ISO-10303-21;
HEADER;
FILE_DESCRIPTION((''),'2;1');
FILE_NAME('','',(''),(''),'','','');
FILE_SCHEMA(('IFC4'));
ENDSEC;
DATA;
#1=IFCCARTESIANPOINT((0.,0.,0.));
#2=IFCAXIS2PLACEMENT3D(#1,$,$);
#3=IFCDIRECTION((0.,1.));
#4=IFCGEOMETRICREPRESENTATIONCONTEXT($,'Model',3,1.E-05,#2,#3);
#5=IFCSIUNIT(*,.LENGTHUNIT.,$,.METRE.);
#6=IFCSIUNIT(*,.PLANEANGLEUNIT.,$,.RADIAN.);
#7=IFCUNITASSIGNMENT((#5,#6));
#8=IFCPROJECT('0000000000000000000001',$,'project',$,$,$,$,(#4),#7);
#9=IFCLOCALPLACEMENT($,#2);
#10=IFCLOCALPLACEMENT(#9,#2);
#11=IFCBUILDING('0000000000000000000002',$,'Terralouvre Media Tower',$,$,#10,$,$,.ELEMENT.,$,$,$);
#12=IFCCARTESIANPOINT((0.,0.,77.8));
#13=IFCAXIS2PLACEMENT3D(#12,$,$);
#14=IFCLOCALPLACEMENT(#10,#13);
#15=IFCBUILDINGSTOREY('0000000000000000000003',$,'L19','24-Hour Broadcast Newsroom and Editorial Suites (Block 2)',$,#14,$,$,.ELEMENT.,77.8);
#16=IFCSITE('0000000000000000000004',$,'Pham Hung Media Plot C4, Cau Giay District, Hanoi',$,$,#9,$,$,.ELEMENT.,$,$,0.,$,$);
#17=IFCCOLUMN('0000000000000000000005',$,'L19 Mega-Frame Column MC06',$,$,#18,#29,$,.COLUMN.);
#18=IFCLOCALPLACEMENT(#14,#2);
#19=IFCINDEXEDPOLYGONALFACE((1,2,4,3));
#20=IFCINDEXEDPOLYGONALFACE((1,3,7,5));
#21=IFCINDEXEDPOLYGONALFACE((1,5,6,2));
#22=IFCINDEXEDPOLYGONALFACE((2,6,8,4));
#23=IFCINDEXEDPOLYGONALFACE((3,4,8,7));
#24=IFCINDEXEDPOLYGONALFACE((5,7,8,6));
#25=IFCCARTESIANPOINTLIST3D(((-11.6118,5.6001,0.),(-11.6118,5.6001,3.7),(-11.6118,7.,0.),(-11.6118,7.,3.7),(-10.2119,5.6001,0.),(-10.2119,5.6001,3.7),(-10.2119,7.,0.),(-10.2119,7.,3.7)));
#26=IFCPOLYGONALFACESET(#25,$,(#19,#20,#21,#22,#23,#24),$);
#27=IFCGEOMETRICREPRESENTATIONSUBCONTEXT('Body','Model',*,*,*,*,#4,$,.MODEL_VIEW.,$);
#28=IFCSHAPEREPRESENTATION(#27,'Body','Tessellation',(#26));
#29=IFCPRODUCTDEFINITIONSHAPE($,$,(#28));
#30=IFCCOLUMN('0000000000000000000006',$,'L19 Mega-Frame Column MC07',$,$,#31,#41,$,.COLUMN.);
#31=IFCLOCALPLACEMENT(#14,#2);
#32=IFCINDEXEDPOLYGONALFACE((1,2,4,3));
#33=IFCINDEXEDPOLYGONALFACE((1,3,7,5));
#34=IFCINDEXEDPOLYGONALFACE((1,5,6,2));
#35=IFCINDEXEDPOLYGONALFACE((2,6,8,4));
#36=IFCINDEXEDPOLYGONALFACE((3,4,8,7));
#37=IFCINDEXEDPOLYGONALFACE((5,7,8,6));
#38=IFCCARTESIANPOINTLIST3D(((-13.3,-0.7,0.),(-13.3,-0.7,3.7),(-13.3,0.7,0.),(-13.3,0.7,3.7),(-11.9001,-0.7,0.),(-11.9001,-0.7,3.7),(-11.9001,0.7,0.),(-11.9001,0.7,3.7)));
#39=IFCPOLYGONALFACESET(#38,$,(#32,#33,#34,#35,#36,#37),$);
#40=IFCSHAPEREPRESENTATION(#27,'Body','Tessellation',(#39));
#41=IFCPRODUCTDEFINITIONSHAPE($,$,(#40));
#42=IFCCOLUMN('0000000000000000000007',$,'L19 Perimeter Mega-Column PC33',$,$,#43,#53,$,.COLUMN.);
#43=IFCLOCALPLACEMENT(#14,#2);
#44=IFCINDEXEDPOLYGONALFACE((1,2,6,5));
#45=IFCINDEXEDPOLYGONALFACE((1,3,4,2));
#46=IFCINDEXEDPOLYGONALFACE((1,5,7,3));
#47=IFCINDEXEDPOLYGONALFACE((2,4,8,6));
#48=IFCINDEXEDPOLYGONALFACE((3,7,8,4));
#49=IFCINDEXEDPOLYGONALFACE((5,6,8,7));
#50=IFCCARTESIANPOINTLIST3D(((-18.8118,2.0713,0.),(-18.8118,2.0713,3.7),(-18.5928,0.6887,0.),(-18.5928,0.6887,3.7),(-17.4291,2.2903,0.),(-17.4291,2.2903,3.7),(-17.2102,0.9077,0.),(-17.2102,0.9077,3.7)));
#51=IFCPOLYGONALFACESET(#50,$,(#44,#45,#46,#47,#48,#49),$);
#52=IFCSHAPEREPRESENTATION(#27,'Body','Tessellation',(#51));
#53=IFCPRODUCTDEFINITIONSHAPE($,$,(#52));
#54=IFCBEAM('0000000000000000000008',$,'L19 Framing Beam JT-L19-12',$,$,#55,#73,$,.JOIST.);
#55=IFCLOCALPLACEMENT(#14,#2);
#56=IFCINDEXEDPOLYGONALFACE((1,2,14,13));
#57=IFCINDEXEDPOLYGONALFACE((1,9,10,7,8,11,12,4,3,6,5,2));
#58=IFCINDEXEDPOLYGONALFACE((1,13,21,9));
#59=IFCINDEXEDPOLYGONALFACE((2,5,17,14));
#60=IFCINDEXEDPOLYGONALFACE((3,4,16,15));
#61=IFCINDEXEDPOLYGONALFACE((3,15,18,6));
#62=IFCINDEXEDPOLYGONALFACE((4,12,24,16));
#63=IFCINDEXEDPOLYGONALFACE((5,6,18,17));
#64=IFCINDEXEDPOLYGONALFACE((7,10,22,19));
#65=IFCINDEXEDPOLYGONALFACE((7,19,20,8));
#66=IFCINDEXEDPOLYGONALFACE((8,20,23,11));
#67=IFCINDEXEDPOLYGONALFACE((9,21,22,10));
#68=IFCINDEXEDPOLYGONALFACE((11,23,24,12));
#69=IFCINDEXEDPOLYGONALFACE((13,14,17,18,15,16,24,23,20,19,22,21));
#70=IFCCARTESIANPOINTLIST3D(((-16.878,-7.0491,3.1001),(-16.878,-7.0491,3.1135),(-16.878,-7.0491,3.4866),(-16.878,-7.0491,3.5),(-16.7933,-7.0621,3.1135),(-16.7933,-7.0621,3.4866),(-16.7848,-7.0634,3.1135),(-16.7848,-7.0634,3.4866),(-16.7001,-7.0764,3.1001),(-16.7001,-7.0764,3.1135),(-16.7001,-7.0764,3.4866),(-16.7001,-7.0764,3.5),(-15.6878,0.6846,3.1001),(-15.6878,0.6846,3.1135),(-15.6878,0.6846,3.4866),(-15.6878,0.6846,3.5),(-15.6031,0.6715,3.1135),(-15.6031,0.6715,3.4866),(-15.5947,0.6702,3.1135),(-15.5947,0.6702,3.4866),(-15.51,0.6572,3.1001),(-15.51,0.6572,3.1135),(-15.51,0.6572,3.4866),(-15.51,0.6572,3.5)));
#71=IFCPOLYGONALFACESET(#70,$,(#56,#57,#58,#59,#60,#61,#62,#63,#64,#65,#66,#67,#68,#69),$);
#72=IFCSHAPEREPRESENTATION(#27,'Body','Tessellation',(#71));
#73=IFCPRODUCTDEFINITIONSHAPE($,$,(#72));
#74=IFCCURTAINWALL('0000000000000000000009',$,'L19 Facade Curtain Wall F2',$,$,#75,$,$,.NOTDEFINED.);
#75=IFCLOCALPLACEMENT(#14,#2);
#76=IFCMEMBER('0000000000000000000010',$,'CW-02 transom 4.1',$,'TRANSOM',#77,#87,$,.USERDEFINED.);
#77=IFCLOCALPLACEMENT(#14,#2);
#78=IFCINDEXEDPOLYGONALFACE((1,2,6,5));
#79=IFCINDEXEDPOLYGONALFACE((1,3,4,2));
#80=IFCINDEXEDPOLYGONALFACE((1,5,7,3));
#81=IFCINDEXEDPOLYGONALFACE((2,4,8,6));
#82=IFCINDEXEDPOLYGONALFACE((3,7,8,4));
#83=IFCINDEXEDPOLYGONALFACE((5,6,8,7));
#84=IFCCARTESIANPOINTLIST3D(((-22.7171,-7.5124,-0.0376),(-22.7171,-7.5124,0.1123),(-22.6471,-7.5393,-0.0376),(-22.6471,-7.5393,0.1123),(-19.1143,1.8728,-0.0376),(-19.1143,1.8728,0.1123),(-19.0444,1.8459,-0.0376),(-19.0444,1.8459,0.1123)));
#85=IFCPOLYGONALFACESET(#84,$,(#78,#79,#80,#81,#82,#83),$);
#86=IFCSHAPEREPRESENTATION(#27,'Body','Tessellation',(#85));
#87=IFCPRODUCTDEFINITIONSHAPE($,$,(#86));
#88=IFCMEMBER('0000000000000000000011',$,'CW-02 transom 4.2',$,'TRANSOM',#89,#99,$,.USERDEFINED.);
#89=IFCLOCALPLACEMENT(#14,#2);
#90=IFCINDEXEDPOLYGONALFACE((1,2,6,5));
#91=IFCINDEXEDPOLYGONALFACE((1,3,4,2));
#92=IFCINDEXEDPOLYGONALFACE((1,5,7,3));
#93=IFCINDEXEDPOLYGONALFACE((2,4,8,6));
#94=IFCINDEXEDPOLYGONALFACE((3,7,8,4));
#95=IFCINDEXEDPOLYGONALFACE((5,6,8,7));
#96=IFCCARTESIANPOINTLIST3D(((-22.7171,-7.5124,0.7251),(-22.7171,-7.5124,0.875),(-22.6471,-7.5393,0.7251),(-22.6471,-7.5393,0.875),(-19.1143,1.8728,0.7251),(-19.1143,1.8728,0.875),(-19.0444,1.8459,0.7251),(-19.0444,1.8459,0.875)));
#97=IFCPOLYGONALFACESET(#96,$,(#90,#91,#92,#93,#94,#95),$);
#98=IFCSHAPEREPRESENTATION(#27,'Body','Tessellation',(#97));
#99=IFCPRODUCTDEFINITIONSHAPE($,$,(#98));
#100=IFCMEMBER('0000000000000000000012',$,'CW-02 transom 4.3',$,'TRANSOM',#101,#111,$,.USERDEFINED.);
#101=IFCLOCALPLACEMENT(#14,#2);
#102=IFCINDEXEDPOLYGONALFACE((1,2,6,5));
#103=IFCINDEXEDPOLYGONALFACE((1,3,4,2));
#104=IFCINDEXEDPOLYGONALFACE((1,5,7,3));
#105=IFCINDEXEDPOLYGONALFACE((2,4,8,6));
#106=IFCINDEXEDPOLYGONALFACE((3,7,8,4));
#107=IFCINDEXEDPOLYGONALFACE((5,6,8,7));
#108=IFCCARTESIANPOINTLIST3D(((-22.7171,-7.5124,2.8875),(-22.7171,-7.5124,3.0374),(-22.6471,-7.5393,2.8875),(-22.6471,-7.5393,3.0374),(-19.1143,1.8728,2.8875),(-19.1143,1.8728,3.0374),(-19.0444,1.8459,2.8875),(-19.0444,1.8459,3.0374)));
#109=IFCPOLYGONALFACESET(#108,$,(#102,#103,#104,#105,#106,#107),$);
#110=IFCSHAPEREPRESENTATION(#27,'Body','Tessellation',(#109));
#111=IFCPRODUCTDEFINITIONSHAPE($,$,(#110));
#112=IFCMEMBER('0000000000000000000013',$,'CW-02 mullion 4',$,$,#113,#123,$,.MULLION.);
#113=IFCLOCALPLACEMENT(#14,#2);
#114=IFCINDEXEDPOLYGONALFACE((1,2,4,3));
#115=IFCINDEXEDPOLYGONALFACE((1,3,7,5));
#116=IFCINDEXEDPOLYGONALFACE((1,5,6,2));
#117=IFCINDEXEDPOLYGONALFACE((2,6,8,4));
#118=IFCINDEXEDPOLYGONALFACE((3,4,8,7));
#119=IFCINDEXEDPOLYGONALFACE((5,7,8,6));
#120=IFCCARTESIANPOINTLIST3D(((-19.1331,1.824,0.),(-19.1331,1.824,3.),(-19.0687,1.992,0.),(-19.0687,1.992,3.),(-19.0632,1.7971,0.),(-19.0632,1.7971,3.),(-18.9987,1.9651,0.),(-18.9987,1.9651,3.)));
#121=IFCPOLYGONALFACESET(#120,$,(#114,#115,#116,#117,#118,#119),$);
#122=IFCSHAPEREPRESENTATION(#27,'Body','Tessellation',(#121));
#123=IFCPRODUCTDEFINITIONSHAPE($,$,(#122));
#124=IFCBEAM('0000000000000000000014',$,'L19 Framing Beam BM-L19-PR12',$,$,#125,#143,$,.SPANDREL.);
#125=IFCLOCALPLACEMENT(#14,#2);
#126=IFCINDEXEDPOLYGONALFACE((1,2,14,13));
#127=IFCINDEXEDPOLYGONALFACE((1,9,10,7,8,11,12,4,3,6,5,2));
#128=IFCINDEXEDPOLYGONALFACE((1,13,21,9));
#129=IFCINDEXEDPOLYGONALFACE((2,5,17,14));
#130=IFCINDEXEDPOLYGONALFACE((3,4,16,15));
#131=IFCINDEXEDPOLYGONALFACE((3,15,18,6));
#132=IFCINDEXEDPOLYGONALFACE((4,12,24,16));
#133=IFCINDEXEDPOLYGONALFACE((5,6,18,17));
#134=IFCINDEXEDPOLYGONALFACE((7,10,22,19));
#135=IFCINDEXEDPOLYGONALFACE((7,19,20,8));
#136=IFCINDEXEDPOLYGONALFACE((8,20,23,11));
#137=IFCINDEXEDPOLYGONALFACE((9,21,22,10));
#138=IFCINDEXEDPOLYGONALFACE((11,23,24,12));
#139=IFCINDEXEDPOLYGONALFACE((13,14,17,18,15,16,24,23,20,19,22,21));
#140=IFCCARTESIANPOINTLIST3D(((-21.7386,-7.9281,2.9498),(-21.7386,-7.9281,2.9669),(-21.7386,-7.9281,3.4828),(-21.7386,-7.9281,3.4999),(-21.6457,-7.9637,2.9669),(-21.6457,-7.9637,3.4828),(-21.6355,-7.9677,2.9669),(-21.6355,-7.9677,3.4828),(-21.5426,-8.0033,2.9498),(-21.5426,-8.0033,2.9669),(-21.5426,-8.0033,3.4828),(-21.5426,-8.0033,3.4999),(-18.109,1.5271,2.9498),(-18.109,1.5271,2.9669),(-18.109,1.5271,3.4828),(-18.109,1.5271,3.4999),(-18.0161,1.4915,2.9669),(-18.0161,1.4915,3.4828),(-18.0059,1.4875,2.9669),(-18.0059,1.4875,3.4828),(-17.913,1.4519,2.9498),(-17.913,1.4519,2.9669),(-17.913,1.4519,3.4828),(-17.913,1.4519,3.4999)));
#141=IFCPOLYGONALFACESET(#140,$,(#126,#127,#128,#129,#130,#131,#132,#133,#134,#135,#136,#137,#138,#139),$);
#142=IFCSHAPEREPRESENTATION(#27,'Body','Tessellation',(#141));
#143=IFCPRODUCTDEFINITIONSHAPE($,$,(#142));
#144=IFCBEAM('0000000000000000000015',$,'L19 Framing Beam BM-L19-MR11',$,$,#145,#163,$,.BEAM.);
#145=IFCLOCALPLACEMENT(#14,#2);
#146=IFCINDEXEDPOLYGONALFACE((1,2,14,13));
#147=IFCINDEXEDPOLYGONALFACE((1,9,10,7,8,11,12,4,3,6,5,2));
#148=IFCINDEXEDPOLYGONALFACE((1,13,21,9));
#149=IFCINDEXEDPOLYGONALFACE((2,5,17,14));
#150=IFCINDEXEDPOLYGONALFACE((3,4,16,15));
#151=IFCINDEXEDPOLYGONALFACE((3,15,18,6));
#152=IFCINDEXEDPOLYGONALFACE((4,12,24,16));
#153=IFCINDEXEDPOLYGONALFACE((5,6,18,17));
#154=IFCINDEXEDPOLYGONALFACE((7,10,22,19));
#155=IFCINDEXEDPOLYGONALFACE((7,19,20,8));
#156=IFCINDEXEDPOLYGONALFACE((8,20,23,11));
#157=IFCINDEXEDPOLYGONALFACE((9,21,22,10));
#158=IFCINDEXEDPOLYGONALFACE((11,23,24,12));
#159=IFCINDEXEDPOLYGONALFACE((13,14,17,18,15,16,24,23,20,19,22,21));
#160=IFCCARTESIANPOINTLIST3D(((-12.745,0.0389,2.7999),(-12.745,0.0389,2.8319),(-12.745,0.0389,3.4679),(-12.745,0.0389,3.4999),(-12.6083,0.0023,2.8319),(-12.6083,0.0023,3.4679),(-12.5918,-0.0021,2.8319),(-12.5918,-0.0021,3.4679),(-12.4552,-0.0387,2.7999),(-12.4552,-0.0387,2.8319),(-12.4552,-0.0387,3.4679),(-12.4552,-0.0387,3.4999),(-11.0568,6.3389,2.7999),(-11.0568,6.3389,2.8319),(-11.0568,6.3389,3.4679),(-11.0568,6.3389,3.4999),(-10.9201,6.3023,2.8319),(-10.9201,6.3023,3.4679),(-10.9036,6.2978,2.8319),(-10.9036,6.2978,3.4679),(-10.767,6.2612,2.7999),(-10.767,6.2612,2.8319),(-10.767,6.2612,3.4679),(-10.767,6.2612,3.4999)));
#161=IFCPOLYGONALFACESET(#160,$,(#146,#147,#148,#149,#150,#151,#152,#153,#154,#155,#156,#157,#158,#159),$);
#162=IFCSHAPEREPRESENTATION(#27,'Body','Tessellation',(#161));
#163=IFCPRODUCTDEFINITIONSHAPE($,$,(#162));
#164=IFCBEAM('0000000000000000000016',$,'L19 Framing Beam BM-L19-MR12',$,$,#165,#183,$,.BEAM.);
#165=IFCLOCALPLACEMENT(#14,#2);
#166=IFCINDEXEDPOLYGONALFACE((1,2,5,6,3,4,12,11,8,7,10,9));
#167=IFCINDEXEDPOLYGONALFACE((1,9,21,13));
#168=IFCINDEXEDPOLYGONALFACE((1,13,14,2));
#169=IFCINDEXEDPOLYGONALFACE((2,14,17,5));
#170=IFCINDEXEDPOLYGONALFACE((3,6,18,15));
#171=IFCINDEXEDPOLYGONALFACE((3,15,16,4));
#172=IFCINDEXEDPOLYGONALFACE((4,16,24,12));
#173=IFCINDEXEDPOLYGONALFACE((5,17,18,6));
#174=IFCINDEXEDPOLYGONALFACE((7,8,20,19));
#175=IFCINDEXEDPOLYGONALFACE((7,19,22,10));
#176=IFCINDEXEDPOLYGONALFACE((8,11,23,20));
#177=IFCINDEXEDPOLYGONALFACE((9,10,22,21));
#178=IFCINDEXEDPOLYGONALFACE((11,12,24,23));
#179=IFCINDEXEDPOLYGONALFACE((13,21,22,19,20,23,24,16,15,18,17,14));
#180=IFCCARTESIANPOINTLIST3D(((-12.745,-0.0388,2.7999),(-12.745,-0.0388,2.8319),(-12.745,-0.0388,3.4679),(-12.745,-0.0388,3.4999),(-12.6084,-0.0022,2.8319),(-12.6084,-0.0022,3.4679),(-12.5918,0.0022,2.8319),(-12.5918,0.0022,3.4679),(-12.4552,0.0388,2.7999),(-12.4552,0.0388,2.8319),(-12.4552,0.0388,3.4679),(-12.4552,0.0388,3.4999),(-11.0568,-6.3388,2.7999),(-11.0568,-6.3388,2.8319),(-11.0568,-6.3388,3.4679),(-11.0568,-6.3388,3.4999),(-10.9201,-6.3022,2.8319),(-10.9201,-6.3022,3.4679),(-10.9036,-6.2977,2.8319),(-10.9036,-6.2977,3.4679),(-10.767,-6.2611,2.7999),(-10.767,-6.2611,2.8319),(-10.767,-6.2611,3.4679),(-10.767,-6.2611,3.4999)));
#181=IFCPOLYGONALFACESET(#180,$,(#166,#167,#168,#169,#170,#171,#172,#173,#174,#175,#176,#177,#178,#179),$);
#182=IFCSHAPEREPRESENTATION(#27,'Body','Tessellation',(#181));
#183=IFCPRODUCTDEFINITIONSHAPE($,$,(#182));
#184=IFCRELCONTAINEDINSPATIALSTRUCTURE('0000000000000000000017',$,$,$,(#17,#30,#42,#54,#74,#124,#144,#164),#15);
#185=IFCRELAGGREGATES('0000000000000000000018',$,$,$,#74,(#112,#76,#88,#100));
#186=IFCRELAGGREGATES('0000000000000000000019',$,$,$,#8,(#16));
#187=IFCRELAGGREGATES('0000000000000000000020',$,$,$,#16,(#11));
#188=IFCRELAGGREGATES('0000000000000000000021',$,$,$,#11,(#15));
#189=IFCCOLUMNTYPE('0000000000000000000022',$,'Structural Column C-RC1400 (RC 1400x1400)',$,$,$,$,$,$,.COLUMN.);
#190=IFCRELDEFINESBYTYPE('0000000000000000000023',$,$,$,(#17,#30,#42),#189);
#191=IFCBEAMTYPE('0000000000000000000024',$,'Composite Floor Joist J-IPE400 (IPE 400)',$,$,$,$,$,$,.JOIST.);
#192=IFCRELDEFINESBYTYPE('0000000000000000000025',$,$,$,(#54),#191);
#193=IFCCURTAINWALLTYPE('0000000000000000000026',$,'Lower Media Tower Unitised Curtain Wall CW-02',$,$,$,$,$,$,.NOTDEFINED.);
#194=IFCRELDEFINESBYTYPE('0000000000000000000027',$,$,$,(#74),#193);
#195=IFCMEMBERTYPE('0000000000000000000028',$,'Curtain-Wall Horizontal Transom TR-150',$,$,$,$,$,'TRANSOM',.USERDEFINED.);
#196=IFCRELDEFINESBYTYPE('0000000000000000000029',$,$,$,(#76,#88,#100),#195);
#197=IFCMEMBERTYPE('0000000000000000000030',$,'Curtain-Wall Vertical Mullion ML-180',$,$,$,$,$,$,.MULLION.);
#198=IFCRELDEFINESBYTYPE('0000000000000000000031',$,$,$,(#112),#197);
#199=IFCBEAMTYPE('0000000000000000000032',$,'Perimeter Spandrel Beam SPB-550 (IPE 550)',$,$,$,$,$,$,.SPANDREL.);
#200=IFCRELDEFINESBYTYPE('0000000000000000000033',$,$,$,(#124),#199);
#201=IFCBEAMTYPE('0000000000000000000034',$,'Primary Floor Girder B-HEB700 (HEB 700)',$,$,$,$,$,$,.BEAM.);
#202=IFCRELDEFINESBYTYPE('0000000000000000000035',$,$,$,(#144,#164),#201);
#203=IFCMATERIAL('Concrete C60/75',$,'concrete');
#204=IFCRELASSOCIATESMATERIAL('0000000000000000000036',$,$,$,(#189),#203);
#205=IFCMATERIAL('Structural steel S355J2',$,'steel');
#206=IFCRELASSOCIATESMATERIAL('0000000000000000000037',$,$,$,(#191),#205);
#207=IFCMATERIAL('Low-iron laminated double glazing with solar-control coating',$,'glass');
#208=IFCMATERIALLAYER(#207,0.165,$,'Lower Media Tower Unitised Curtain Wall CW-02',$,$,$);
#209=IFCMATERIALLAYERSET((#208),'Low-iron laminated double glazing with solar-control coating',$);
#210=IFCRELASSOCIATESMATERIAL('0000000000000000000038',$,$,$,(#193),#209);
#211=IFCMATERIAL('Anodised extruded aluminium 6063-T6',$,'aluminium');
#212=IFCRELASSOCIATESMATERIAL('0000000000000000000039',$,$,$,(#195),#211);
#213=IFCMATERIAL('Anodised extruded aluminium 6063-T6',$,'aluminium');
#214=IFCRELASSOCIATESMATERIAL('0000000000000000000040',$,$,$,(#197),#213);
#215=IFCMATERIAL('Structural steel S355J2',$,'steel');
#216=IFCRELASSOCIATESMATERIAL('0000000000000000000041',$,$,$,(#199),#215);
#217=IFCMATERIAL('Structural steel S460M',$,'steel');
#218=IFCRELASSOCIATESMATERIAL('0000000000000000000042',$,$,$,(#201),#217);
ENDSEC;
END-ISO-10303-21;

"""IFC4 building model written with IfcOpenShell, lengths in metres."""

from ifc_helpers import new_model, si_unit, direction, frame, origin, origin_2d, place, context, subcontext, project, spatial, rectangle, i_section, extrude, material, layer, layer_set, material_profile, profile_set, type_object, element, aggregate, save


model = new_model("IFC4")

# Units and contexts
model_context = context("Model", 3, precision=1e-05, world=origin(), true_north=direction((0.0, 1.0)))
body_context = subcontext(model_context, "Body", "Model", "MODEL_VIEW")
ifc_project = project(units=[si_unit("LENGTHUNIT", "METRE"), si_unit("PLANEANGLEUNIT", "RADIAN")], contexts=[model_context])

# Site, building, storey
site_placement = place(None, origin())
site = spatial("IfcSite", under=ifc_project, at=site_placement, Name="Pham Hung Media Plot C4, Cau Giay District, Hanoi", CompositionType="ELEMENT", RefElevation=0.0)
building_placement = place(site_placement, origin())
building = spatial("IfcBuilding", under=site, at=building_placement, Name="Terralouvre Media Tower", CompositionType="ELEMENT")
storey_placement = place(building_placement, frame((0.0, 0.0, 77.8)))
storey = spatial("IfcBuildingStorey", under=building, at=storey_placement, Name="L19", Description="24-Hour Broadcast Newsroom and Editorial Suites (Block 2)", CompositionType="ELEMENT", Elevation=77.8)

# Columns
ifc_material_1 = material(Name="Concrete C60/75", Category="concrete")
ifc_material_profile_1 = material_profile(ifc_material_1, rectangle(XDim=1.3999, YDim=1.3999, at=origin_2d()), Name="RC 1400x1400")
ifc_profile_set_1 = profile_set([ifc_material_profile_1], Name="Concrete C60/75")
column_type = type_object("IfcColumnType", Name="Structural Column C-RC1400 (RC 1400x1400)", PredefinedType="COLUMN", material=ifc_profile_set_1)
for number, where, z_axis, x_axis, name in (
    (1, (-10.9119, 6.3, 0.0), (0.0, 0.0, 1.0), (1.0, 0.0, 0.0), "L19 Mega-Frame Column MC06"),
    (2, (-12.6001, 0.0, 0.0), (0.0, 0.0, 1.0), (1.0, 0.0, 0.0), "L19 Mega-Frame Column MC07"),
    (3, (-18.011, 1.4895, 0.0), (0.0, 0.0, 1.0), (0.987688, 0.156434, 0.0), "L19 Perimeter Mega-Column PC33"),
):
    element("IfcColumn", number, at=place(storey_placement, frame(where, z_axis=z_axis, x_axis=x_axis)), inside=storey, type_object=column_type, Name=name, PredefinedType="COLUMN", context=body_context, shape_type="SweptSolid", body=[
        extrude(rectangle(XDim=1.3999, YDim=1.3999, at=origin_2d()), origin(), (0.0, 0.0, 1.0), 3.7),
    ])

# Beam
ifc_material_2 = material(Name="Structural steel S355J2", Category="steel")
ifc_material_profile_2 = material_profile(ifc_material_2, i_section(OverallWidth=0.1799, OverallDepth=0.3999, WebThickness=0.0085, FlangeThickness=0.0134, at=origin_2d()), Name="IPE 400")
ifc_profile_set_2 = profile_set([ifc_material_profile_2], Name="Structural steel S355J2")
beam_type_1 = type_object("IfcBeamType", Name="Composite Floor Joist J-IPE400 (IPE 400)", PredefinedType="JOIST", material=ifc_profile_set_2)
beam_1_placement = place(storey_placement, frame((-15.5989, 0.6709, 3.3), z_axis=(-0.152106, -0.988364, 0.0), x_axis=(0.988364, -0.152106, 0.0)))
element("IfcBeam", 4, at=beam_1_placement, inside=storey, type_object=beam_type_1, Name="L19 Framing Beam JT-L19-12", PredefinedType="JOIST", context=body_context, shape_type="SweptSolid", body=[
    extrude(i_section(OverallWidth=0.1799, OverallDepth=0.3999, WebThickness=0.0085, FlangeThickness=0.0134, at=origin_2d()), origin(), (0.0, 0.0, 1.0), 7.8247),
])

# Curtain wall, members
ifc_material_3 = material(Name="Low-iron laminated double glazing with solar-control coating", Category="glass")
ifc_layer_1 = layer(ifc_material_3, 0.165, Name="Lower Media Tower Unitised Curtain Wall CW-02")
ifc_layer_set_1 = layer_set([ifc_layer_1], Name="Low-iron laminated double glazing with solar-control coating")
curtain_wall_type = type_object("IfcCurtainWallType", Name="Lower Media Tower Unitised Curtain Wall CW-02", PredefinedType="NOTDEFINED", material=ifc_layer_set_1)
curtain_wall_placement = place(storey_placement, origin())
curtain_wall = element("IfcCurtainWall", 5, at=curtain_wall_placement, inside=storey, type_object=curtain_wall_type, Name="L19 Facade Curtain Wall F2", PredefinedType="NOTDEFINED")
ifc_material_4 = material(Name="Anodised extruded aluminium 6063-T6", Category="aluminium")
ifc_material_profile_3 = material_profile(ifc_material_4, rectangle(XDim=0.075, YDim=0.1499, at=origin_2d()), Name="ALU 75x150")
ifc_profile_set_3 = profile_set([ifc_material_profile_3], Name="Anodised extruded aluminium 6063-T6")
member_type_1 = type_object("IfcMemberType", Name="Curtain-Wall Horizontal Transom TR-150", ElementType="TRANSOM", PredefinedType="USERDEFINED", material=ifc_profile_set_3)
member_1_placement = place(storey_placement, frame((-19.0793, 1.8594, 0.0374), z_axis=(-0.358379, -0.933576, 0.0), x_axis=(0.933576, -0.358379, 0.0)))
member_1 = element("IfcMember", 6, at=member_1_placement, type_object=member_type_1, Name="CW-02 transom 4.1", ObjectType="TRANSOM", PredefinedType="USERDEFINED", context=body_context, shape_type="SweptSolid", body=[
    extrude(rectangle(XDim=0.075, YDim=0.1499, at=origin_2d()), origin(), (0.0, 0.0, 1.0), 10.053),
])
member_2_placement = place(storey_placement, frame((-19.0793, 1.8594, 0.8), z_axis=(-0.358379, -0.933576, 0.0), x_axis=(0.933576, -0.358379, 0.0)))
member_2 = element("IfcMember", 7, at=member_2_placement, type_object=member_type_1, Name="CW-02 transom 4.2", ObjectType="TRANSOM", PredefinedType="USERDEFINED", context=body_context, shape_type="SweptSolid", body=[
    extrude(rectangle(XDim=0.075, YDim=0.1499, at=origin_2d()), origin(), (0.0, 0.0, 1.0), 10.053),
])
member_3_placement = place(storey_placement, frame((-19.0793, 1.8594, 2.9624), z_axis=(-0.358379, -0.933576, 0.0), x_axis=(0.933576, -0.358379, 0.0)))
member_3 = element("IfcMember", 8, at=member_3_placement, type_object=member_type_1, Name="CW-02 transom 4.3", ObjectType="TRANSOM", PredefinedType="USERDEFINED", context=body_context, shape_type="SweptSolid", body=[
    extrude(rectangle(XDim=0.075, YDim=0.1499, at=origin_2d()), origin(), (0.0, 0.0, 1.0), 10.053),
])
ifc_material_5 = material(Name="Anodised extruded aluminium 6063-T6", Category="aluminium")
ifc_material_profile_4 = material_profile(ifc_material_5, rectangle(XDim=0.075, YDim=0.1799, at=origin_2d()), Name="ALU 75x180")
ifc_profile_set_4 = profile_set([ifc_material_profile_4], Name="Anodised extruded aluminium 6063-T6")
member_type_2 = type_object("IfcMemberType", Name="Curtain-Wall Vertical Mullion ML-180", PredefinedType="MULLION", material=ifc_profile_set_4)
member_4_placement = place(storey_placement, frame((-19.0659, 1.8945, 0.0), z_axis=(0.0, 0.0, 1.0), x_axis=(0.93358, -0.358368, 0.0)))
member_4 = element("IfcMember", 9, at=member_4_placement, type_object=member_type_2, Name="CW-02 mullion 4", PredefinedType="MULLION", context=body_context, shape_type="SweptSolid", body=[
    extrude(rectangle(XDim=0.075, YDim=0.1799, at=origin_2d()), origin(), (0.0, 0.0, 1.0), 3.0),
])

# Beams
ifc_material_6 = material(Name="Structural steel S355J2", Category="steel")
ifc_material_profile_5 = material_profile(ifc_material_6, i_section(OverallWidth=0.21, OverallDepth=0.55, WebThickness=0.011, FlangeThickness=0.0171, at=origin_2d()), Name="IPE 550")
ifc_profile_set_5 = profile_set([ifc_material_profile_5], Name="Structural steel S355J2")
beam_type_2 = type_object("IfcBeamType", Name="Perimeter Spandrel Beam SPB-550 (IPE 550)", PredefinedType="SPANDREL", material=ifc_profile_set_5)
beam_2_placement = place(storey_placement, frame((-18.011, 1.4895, 3.2249), z_axis=(-0.358375, -0.933578, 0.0), x_axis=(0.933578, -0.358375, 0.0)))
element("IfcBeam", 10, at=beam_2_placement, inside=storey, type_object=beam_type_2, Name="L19 Framing Beam BM-L19-PR12", PredefinedType="SPANDREL", context=body_context, shape_type="SweptSolid", body=[
    extrude(i_section(OverallWidth=0.21, OverallDepth=0.55, WebThickness=0.011, FlangeThickness=0.0171, at=origin_2d()), origin(), (0.0, 0.0, 1.0), 10.1279),
])
ifc_material_7 = material(Name="Structural steel S460M", Category="steel")
ifc_material_profile_6 = material_profile(ifc_material_7, i_section(OverallWidth=0.3, OverallDepth=0.7, WebThickness=0.0171, FlangeThickness=0.032, at=origin_2d()), Name="HEB 700")
ifc_profile_set_6 = profile_set([ifc_material_profile_6], Name="Structural steel S460M")
beam_type_3 = type_object("IfcBeamType", Name="Primary Floor Girder B-HEB700 (HEB 700)", PredefinedType="BEAM", material=ifc_profile_set_6)
for number, where, z_axis, x_axis, name in (
    (11, (-10.9119, 6.3, 3.1499), (-0.258839, -0.96592, 0.0), (0.96592, -0.258839, 0.0), "L19 Framing Beam BM-L19-MR11"),
    (12, (-12.6001, 0.0, 3.1499), (0.258839, -0.96592, 0.0), (0.96592, 0.258839, 0.0), "L19 Framing Beam BM-L19-MR12"),
):
    element("IfcBeam", number, at=place(storey_placement, frame(where, z_axis=z_axis, x_axis=x_axis)), inside=storey, type_object=beam_type_3, Name=name, PredefinedType="BEAM", context=body_context, shape_type="SweptSolid", body=[
        extrude(i_section(OverallWidth=0.3, OverallDepth=0.7, WebThickness=0.0171, FlangeThickness=0.032, at=origin_2d()), origin(), (0.0, 0.0, 1.0), 6.5222),
    ])

aggregate(curtain_wall, [member_4, member_1, member_2, member_3])

save(model, "model.ifc")
